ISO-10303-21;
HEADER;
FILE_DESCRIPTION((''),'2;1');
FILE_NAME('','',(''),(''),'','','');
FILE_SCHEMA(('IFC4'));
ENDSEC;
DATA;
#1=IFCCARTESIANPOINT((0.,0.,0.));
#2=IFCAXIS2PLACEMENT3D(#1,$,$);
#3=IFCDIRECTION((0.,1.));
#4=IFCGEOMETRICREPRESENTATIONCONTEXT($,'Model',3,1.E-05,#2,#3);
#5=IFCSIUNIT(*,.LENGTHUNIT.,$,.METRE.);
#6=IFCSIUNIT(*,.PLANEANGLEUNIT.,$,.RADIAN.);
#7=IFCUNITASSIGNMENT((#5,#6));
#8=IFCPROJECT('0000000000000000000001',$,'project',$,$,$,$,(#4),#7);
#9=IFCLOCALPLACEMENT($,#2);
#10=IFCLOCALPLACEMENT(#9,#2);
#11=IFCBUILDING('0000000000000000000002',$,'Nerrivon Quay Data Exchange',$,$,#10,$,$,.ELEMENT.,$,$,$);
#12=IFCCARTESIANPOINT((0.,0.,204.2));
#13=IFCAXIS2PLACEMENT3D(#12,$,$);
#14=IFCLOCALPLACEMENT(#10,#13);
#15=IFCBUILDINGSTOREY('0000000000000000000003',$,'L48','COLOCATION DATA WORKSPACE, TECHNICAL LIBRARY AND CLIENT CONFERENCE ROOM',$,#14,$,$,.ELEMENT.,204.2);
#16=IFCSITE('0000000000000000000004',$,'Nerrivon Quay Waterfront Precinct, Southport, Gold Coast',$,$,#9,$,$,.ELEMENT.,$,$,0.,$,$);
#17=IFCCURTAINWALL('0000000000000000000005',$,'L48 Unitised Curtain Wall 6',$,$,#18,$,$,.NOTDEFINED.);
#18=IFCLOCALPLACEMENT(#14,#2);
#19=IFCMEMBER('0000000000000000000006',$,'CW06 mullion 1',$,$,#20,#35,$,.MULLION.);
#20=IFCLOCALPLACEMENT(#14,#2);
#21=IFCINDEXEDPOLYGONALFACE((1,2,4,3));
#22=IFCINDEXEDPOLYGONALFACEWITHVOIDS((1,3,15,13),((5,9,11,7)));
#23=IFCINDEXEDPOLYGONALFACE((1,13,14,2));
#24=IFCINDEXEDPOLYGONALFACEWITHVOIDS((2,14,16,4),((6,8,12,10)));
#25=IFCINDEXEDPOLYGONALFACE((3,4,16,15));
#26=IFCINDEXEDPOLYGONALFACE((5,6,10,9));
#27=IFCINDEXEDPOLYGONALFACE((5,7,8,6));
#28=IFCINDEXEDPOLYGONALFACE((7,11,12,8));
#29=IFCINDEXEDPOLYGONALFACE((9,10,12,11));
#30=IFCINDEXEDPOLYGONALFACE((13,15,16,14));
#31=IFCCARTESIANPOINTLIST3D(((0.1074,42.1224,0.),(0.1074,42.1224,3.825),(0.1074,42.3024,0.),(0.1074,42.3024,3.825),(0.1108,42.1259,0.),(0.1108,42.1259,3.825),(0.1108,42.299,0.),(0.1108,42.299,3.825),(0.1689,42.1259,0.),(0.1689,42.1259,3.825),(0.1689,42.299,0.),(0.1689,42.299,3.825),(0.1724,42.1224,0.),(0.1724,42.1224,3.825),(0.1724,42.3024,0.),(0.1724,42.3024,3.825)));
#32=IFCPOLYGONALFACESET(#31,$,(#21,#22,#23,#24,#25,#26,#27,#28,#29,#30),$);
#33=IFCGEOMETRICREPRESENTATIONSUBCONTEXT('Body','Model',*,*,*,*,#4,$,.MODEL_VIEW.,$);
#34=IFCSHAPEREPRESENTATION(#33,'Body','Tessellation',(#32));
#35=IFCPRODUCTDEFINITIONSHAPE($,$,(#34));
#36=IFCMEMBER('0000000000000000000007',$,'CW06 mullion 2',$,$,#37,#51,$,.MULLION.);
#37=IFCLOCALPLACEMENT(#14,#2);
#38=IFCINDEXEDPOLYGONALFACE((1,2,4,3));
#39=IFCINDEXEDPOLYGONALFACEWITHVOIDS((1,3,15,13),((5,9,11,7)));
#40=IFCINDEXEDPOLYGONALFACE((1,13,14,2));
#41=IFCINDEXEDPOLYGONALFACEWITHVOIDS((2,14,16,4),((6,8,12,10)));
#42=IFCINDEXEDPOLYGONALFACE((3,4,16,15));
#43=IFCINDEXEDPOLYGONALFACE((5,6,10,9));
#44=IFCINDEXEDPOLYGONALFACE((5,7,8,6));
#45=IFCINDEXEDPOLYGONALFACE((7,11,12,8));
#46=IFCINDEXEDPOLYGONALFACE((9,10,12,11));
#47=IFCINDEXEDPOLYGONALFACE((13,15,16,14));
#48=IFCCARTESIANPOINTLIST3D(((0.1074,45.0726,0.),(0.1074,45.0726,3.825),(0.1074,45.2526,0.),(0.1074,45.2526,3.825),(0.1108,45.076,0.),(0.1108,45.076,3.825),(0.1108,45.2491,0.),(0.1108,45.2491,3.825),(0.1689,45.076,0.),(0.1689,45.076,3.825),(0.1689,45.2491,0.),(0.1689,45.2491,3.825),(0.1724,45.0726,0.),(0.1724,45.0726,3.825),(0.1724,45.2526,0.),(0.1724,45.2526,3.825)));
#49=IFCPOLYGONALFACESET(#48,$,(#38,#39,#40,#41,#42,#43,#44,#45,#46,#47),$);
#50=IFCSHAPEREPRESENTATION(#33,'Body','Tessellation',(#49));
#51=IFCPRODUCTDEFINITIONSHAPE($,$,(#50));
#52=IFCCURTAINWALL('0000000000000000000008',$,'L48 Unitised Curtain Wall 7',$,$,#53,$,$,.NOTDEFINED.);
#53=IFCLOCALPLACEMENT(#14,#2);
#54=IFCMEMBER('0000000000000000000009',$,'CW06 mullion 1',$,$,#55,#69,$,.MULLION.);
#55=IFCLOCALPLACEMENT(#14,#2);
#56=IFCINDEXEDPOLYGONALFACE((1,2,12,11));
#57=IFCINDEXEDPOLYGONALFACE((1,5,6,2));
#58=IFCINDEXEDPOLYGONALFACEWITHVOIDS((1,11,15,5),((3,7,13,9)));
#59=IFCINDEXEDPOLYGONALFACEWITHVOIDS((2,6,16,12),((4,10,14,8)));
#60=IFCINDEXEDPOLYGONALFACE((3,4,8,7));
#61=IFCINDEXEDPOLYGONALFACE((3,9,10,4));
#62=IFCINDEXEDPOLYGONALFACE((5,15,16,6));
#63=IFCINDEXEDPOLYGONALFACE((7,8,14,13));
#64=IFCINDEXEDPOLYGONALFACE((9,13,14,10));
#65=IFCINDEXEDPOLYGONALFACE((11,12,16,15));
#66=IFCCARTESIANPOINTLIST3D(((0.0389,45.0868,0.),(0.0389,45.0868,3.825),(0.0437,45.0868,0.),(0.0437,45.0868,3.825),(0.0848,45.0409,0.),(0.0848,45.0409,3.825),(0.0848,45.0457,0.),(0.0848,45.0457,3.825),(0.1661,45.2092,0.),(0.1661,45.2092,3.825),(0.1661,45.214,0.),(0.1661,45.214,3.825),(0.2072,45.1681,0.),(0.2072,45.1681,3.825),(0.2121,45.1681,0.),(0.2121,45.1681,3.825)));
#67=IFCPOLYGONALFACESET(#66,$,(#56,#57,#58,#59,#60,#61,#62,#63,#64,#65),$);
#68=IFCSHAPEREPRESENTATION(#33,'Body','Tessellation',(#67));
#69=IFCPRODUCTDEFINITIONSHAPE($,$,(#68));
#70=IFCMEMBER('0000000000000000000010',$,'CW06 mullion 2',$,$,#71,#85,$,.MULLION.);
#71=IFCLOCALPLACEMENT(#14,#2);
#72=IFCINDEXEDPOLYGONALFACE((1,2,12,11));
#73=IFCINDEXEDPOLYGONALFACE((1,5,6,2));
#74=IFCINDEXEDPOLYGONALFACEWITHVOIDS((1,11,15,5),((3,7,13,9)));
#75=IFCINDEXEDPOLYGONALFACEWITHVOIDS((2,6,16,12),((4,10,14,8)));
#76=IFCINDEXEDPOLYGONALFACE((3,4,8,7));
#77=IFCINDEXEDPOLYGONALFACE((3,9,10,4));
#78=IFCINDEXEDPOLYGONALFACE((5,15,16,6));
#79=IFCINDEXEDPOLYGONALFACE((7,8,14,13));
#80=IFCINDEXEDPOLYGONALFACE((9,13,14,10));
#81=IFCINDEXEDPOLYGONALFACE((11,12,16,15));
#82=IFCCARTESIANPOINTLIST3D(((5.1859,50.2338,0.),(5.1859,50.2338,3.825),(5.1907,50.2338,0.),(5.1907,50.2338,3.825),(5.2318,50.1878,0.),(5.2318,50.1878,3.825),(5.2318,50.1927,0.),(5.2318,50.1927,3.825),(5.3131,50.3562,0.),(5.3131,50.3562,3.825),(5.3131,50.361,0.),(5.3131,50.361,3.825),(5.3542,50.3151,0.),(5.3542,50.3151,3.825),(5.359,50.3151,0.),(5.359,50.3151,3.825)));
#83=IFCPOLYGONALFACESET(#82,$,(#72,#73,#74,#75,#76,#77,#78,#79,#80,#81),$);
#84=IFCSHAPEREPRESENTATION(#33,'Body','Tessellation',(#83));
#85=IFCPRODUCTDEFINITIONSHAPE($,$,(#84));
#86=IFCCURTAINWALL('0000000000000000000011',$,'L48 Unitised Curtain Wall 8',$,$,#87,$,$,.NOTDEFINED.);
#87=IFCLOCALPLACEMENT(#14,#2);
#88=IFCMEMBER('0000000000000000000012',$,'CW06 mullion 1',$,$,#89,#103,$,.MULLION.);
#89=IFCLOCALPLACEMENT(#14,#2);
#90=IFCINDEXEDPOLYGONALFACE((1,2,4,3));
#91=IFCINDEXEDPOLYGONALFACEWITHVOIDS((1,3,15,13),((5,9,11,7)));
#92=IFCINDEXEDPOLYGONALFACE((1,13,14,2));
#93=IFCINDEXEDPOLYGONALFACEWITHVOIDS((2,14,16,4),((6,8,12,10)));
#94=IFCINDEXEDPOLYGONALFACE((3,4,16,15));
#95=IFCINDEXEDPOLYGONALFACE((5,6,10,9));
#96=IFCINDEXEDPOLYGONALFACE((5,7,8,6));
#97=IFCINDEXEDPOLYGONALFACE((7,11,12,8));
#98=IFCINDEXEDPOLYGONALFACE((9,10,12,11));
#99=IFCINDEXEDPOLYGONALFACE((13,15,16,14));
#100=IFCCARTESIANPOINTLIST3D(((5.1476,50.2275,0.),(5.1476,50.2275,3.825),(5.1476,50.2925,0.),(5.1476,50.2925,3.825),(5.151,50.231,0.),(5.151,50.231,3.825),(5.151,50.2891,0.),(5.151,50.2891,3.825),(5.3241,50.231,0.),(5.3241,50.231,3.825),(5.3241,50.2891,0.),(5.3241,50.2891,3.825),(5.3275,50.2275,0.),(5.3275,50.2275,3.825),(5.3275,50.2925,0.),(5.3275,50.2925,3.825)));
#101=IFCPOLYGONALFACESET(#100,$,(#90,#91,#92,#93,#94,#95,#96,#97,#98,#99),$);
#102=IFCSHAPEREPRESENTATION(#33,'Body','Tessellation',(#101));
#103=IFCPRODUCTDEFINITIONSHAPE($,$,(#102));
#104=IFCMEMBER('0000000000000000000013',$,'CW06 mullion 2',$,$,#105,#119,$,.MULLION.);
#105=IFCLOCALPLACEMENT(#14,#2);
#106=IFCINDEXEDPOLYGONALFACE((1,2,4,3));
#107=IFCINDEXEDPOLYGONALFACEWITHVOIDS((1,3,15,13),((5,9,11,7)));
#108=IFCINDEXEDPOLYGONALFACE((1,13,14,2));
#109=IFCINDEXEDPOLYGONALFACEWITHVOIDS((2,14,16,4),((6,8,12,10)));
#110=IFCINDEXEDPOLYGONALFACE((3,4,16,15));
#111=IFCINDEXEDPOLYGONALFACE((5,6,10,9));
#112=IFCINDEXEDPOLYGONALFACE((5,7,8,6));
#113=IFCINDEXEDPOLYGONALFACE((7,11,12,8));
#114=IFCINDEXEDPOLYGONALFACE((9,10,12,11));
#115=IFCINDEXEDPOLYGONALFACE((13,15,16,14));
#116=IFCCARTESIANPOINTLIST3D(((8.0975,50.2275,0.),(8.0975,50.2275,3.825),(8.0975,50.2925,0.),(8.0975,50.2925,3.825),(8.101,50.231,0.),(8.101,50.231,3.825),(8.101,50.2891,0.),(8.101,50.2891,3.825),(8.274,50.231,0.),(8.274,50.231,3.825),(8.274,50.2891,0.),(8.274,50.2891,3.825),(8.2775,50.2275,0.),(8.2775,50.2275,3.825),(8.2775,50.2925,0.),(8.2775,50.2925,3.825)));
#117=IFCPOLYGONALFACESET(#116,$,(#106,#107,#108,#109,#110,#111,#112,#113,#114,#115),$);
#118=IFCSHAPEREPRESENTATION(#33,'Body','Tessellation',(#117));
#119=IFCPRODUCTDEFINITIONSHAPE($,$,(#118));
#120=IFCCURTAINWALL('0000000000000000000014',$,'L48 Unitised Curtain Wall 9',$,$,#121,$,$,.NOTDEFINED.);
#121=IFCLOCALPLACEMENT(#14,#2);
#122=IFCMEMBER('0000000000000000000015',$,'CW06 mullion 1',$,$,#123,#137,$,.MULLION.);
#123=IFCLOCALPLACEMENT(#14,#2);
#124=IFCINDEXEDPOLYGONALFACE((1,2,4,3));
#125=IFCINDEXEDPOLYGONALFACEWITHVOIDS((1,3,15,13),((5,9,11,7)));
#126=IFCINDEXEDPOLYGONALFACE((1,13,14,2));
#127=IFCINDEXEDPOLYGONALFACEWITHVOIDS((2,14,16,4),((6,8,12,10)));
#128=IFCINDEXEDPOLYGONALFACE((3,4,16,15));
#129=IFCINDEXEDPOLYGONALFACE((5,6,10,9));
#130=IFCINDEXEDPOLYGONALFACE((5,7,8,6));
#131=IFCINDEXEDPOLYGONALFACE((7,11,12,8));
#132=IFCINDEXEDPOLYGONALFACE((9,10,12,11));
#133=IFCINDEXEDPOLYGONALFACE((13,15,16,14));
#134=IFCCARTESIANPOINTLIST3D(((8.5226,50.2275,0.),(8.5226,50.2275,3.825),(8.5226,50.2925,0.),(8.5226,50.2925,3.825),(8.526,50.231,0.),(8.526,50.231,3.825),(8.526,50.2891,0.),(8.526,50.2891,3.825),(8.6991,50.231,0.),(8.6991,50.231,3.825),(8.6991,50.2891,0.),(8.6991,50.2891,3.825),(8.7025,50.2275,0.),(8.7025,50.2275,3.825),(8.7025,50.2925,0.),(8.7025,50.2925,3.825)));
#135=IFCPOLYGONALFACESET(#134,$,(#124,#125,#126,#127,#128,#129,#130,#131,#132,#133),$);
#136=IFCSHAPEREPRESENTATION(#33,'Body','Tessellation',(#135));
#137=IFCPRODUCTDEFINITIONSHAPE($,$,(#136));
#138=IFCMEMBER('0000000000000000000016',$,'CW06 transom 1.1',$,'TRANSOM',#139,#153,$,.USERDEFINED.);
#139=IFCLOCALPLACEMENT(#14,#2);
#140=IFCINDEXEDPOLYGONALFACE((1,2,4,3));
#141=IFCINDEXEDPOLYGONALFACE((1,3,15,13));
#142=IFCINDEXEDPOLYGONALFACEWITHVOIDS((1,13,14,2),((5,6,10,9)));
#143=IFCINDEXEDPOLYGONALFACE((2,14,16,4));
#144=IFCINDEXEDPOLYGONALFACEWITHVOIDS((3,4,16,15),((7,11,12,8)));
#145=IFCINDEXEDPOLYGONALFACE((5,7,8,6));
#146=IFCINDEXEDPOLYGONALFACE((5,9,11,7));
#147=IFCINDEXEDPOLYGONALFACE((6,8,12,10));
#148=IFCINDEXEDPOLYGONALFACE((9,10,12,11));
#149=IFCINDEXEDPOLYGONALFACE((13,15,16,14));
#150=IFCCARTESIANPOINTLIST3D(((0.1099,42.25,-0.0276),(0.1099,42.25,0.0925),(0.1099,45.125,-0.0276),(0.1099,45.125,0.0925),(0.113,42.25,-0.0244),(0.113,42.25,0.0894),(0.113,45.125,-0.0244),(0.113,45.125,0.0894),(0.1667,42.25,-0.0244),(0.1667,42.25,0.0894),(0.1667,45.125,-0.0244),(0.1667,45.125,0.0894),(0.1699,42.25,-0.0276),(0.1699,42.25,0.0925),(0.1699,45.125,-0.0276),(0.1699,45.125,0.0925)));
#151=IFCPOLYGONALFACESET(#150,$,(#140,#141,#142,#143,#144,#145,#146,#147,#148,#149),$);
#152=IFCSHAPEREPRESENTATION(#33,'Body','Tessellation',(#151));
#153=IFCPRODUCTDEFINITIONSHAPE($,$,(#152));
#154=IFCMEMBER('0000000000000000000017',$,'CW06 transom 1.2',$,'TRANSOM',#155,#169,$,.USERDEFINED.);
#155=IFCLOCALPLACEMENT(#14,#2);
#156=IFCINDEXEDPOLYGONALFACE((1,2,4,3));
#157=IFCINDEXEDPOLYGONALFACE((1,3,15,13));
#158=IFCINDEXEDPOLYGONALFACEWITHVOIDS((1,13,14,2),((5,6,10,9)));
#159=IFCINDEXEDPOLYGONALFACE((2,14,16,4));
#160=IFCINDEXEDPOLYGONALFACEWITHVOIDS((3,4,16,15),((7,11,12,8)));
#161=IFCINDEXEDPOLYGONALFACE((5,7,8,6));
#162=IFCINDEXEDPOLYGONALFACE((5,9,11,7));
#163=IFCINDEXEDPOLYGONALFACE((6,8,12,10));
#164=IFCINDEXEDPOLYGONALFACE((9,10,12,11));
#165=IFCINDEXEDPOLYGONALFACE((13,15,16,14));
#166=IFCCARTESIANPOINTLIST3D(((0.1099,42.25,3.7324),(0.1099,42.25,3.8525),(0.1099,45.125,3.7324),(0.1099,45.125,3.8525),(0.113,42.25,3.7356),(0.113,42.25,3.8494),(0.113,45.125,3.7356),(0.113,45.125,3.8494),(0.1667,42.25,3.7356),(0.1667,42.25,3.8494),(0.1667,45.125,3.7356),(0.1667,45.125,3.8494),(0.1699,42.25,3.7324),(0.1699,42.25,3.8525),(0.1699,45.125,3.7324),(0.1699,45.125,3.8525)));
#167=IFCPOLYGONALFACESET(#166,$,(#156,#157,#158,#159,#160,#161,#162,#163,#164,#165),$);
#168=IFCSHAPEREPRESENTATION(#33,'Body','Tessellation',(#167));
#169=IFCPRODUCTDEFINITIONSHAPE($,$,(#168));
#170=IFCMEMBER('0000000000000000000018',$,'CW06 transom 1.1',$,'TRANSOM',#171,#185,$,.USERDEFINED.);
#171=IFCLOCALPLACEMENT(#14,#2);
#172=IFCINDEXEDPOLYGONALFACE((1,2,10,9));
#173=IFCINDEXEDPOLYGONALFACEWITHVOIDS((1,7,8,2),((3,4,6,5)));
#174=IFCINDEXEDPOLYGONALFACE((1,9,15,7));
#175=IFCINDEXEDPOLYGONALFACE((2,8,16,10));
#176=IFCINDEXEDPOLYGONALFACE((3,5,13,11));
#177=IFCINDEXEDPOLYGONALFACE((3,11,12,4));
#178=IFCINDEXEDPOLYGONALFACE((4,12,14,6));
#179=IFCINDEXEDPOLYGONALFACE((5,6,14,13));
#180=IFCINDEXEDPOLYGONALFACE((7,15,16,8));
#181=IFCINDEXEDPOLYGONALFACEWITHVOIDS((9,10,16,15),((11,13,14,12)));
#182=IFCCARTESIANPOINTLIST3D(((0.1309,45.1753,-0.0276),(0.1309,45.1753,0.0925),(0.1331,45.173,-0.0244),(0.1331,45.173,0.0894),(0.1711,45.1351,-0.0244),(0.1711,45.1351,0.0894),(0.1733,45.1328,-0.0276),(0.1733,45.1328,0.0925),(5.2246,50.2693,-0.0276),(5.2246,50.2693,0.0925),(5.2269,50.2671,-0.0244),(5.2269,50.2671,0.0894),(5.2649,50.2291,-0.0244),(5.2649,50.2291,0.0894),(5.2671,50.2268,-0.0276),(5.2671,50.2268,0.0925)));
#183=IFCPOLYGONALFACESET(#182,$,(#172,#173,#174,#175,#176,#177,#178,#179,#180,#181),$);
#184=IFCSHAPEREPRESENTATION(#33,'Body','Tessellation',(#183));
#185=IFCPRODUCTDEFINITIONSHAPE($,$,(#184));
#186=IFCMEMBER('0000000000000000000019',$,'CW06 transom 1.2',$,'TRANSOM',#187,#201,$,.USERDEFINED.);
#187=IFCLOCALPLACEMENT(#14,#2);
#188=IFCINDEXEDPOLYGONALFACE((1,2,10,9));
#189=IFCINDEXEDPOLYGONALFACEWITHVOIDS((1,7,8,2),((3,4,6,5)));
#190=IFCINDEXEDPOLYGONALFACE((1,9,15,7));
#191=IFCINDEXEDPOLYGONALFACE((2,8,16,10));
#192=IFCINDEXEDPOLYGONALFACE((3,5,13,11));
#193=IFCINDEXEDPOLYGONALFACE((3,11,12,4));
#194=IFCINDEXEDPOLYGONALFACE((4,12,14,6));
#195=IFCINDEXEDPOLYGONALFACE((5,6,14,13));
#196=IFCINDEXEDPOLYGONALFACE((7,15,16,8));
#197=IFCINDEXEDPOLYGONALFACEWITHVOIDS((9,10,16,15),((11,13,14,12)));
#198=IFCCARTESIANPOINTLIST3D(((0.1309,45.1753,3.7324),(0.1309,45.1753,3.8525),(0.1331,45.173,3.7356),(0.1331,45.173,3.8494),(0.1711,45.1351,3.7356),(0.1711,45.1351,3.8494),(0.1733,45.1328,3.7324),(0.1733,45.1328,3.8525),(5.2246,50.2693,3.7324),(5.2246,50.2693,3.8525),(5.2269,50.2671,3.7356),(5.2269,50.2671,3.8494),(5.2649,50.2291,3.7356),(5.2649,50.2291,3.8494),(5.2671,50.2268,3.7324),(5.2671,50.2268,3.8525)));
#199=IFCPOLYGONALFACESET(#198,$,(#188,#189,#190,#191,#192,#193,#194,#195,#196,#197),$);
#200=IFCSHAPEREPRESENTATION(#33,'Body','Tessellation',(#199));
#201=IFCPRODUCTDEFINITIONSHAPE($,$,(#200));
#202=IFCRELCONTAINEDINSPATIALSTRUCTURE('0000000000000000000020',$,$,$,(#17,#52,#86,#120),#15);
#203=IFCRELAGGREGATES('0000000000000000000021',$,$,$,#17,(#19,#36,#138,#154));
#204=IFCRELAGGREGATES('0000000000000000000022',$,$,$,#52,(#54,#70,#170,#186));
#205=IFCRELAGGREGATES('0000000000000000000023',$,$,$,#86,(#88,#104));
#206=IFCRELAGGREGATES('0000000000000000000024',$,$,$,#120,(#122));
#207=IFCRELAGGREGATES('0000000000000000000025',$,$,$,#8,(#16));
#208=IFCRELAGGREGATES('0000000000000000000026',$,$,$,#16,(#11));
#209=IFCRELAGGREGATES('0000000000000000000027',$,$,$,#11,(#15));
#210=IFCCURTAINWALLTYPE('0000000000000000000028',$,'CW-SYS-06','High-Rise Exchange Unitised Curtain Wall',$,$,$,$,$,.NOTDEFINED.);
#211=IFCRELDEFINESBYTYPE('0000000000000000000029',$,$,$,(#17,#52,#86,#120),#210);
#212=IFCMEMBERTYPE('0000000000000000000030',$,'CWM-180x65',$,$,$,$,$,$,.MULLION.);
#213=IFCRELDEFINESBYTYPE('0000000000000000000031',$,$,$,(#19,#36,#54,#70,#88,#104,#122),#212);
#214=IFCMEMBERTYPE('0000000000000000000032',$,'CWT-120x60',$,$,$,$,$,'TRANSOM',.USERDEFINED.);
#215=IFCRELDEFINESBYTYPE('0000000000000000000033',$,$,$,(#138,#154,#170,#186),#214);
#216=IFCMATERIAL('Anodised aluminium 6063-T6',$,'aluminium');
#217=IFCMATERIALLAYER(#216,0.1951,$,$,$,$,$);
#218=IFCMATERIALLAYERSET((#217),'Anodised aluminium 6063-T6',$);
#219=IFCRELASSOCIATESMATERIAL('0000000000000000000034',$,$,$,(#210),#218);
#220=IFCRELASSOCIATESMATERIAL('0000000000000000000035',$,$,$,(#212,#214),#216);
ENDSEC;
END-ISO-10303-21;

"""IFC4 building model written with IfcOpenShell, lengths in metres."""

from ifc_helpers import new_model, si_unit, direction, frame, origin, origin_2d, place, context, subcontext, project, spatial, hollow_rectangle, extrude, material, layer, layer_set, material_profile, profile_set, type_object, element, aggregate, save


model = new_model("IFC4")

# Units and contexts
model_context = context("Model", 3, precision=1e-05, world=origin(), true_north=direction((0.0, 1.0)))
body_context = subcontext(model_context, "Body", "Model", "MODEL_VIEW")
ifc_project = project(units=[si_unit("LENGTHUNIT", "METRE"), si_unit("PLANEANGLEUNIT", "RADIAN")], contexts=[model_context])

# Site, building, storey
site_placement = place(None, origin())
site = spatial("IfcSite", under=ifc_project, at=site_placement, Name="Nerrivon Quay Waterfront Precinct, Southport, Gold Coast", CompositionType="ELEMENT", RefElevation=0.0)
building_placement = place(site_placement, origin())
building = spatial("IfcBuilding", under=site, at=building_placement, Name="Nerrivon Quay Data Exchange", CompositionType="ELEMENT")
storey_placement = place(building_placement, frame((0.0, 0.0, 204.2)))
storey = spatial("IfcBuildingStorey", under=building, at=storey_placement, Name="L48", Description="COLOCATION DATA WORKSPACE, TECHNICAL LIBRARY AND CLIENT CONFERENCE ROOM", CompositionType="ELEMENT", Elevation=204.2)

# Curtain walls, members
ifc_material_1 = material(Name="Anodised aluminium 6063-T6", Category="aluminium")
ifc_layer_1 = layer(ifc_material_1, 0.1951)
ifc_layer_set_1 = layer_set([ifc_layer_1], Name="Anodised aluminium 6063-T6")
curtain_wall_type = type_object("IfcCurtainWallType", Name="CW-SYS-06", Description="High-Rise Exchange Unitised Curtain Wall", PredefinedType="NOTDEFINED", material=ifc_layer_set_1)
curtain_wall_1_placement = place(storey_placement, origin())
curtain_wall_1 = element("IfcCurtainWall", 1, at=curtain_wall_1_placement, inside=storey, type_object=curtain_wall_type, Name="L48 Unitised Curtain Wall 6", PredefinedType="NOTDEFINED")
ifc_material_profile_1 = material_profile(ifc_material_1, hollow_rectangle(XDim=0.0649, YDim=0.1799, WallThickness=0.0034, at=origin_2d()), Name="ALU-MULL-180x65")
ifc_profile_set_1 = profile_set([ifc_material_profile_1], Name="Anodised aluminium 6063-T6")
member_type_1 = type_object("IfcMemberType", Name="CWM-180x65", PredefinedType="MULLION", material=ifc_profile_set_1)
member_1_placement = place(storey_placement, frame((0.1399, 42.2124, 0.0), z_axis=(0.0, 0.0, 1.0), x_axis=(-1.0, 0.0, 0.0)))
member_1 = element("IfcMember", 2, at=member_1_placement, type_object=member_type_1, Name="CW06 mullion 1", PredefinedType="MULLION", context=body_context, shape_type="SweptSolid", body=[
    extrude(hollow_rectangle(XDim=0.0649, YDim=0.1799, WallThickness=0.0034, at=origin_2d()), origin(), (0.0, 0.0, 1.0), 3.825),
])
member_2_placement = place(storey_placement, frame((0.1399, 45.1626, 0.0), z_axis=(0.0, 0.0, 1.0), x_axis=(-1.0, 0.0, 0.0)))
member_2 = element("IfcMember", 3, at=member_2_placement, type_object=member_type_1, Name="CW06 mullion 2", PredefinedType="MULLION", context=body_context, shape_type="SweptSolid", body=[
    extrude(hollow_rectangle(XDim=0.0649, YDim=0.1799, WallThickness=0.0034, at=origin_2d()), origin(), (0.0, 0.0, 1.0), 3.825),
])
curtain_wall_2_placement = place(storey_placement, origin())
curtain_wall_2 = element("IfcCurtainWall", 4, at=curtain_wall_2_placement, inside=storey, type_object=curtain_wall_type, Name="L48 Unitised Curtain Wall 7", PredefinedType="NOTDEFINED")
member_3_placement = place(storey_placement, frame((0.1255, 45.1274, 0.0), z_axis=(0.0, 0.0, 1.0), x_axis=(-0.707107, 0.707107, 0.0)))
member_3 = element("IfcMember", 5, at=member_3_placement, type_object=member_type_1, Name="CW06 mullion 1", PredefinedType="MULLION", context=body_context, shape_type="SweptSolid", body=[
    extrude(hollow_rectangle(XDim=0.0649, YDim=0.1799, WallThickness=0.0034, at=origin_2d()), origin(), (0.0, 0.0, 1.0), 3.825),
])
member_4_placement = place(storey_placement, frame((5.2725, 50.2744, 0.0), z_axis=(0.0, 0.0, 1.0), x_axis=(-0.707107, 0.707107, 0.0)))
member_4 = element("IfcMember", 6, at=member_4_placement, type_object=member_type_1, Name="CW06 mullion 2", PredefinedType="MULLION", context=body_context, shape_type="SweptSolid", body=[
    extrude(hollow_rectangle(XDim=0.0649, YDim=0.1799, WallThickness=0.0034, at=origin_2d()), origin(), (0.0, 0.0, 1.0), 3.825),
])
curtain_wall_3_placement = place(storey_placement, origin())
curtain_wall_3 = element("IfcCurtainWall", 7, at=curtain_wall_3_placement, inside=storey, type_object=curtain_wall_type, Name="L48 Unitised Curtain Wall 8", PredefinedType="NOTDEFINED")
member_5_placement = place(storey_placement, frame((5.2375, 50.26, 0.0), z_axis=(0.0, 0.0, 1.0), x_axis=(0.0, 1.0, 0.0)))
member_5 = element("IfcMember", 8, at=member_5_placement, type_object=member_type_1, Name="CW06 mullion 1", PredefinedType="MULLION", context=body_context, shape_type="SweptSolid", body=[
    extrude(hollow_rectangle(XDim=0.0649, YDim=0.1799, WallThickness=0.0034, at=origin_2d()), origin(), (0.0, 0.0, 1.0), 3.825),
])
member_6_placement = place(storey_placement, frame((8.1875, 50.26, 0.0), z_axis=(0.0, 0.0, 1.0), x_axis=(0.0, 1.0, 0.0)))
member_6 = element("IfcMember", 9, at=member_6_placement, type_object=member_type_1, Name="CW06 mullion 2", PredefinedType="MULLION", context=body_context, shape_type="SweptSolid", body=[
    extrude(hollow_rectangle(XDim=0.0649, YDim=0.1799, WallThickness=0.0034, at=origin_2d()), origin(), (0.0, 0.0, 1.0), 3.825),
])

# Curtain wall, member
curtain_wall_4_placement = place(storey_placement, origin())
curtain_wall_4 = element("IfcCurtainWall", 10, at=curtain_wall_4_placement, inside=storey, type_object=curtain_wall_type, Name="L48 Unitised Curtain Wall 9", PredefinedType="NOTDEFINED")
member_7_placement = place(storey_placement, frame((8.6125, 50.26, 0.0), z_axis=(0.0, 0.0, 1.0), x_axis=(0.0, 1.0, 0.0)))
member_7 = element("IfcMember", 11, at=member_7_placement, type_object=member_type_1, Name="CW06 mullion 1", PredefinedType="MULLION", context=body_context, shape_type="SweptSolid", body=[
    extrude(hollow_rectangle(XDim=0.0649, YDim=0.1799, WallThickness=0.0034, at=origin_2d()), origin(), (0.0, 0.0, 1.0), 3.825),
])

# Members
ifc_material_profile_2 = material_profile(ifc_material_1, hollow_rectangle(XDim=0.0601, YDim=0.1201, WallThickness=0.0032, at=origin_2d()), Name="ALU-TRAN-120x60")
ifc_profile_set_2 = profile_set([ifc_material_profile_2], Name="Anodised aluminium 6063-T6")
member_type_2 = type_object("IfcMemberType", Name="CWT-120x60", ElementType="TRANSOM", PredefinedType="USERDEFINED", material=ifc_profile_set_2)
member_8_placement = place(storey_placement, frame((0.1399, 42.25, 0.0325), z_axis=(0.0, 1.0, 0.0), x_axis=(-1.0, 0.0, 0.0)))
member_8 = element("IfcMember", 12, at=member_8_placement, type_object=member_type_2, Name="CW06 transom 1.1", ObjectType="TRANSOM", PredefinedType="USERDEFINED", context=body_context, shape_type="SweptSolid", body=[
    extrude(hollow_rectangle(XDim=0.0601, YDim=0.1201, WallThickness=0.0032, at=origin_2d()), origin(), (0.0, 0.0, 1.0), 2.875),
])
member_9_placement = place(storey_placement, frame((0.1399, 42.25, 3.7925), z_axis=(0.0, 1.0, 0.0), x_axis=(-1.0, 0.0, 0.0)))
member_9 = element("IfcMember", 13, at=member_9_placement, type_object=member_type_2, Name="CW06 transom 1.2", ObjectType="TRANSOM", PredefinedType="USERDEFINED", context=body_context, shape_type="SweptSolid", body=[
    extrude(hollow_rectangle(XDim=0.0601, YDim=0.1201, WallThickness=0.0032, at=origin_2d()), origin(), (0.0, 0.0, 1.0), 2.875),
])
member_10_placement = place(storey_placement, frame((0.1521, 45.1541, 0.0325), z_axis=(0.70709, 0.707124, 0.0), x_axis=(-0.707124, 0.70709, 0.0)))
member_10 = element("IfcMember", 14, at=member_10_placement, type_object=member_type_2, Name="CW06 transom 1.1", ObjectType="TRANSOM", PredefinedType="USERDEFINED", context=body_context, shape_type="SweptSolid", body=[
    extrude(hollow_rectangle(XDim=0.0601, YDim=0.1201, WallThickness=0.0032, at=origin_2d()), origin(), (0.0, 0.0, 1.0), 7.2039),
])
member_11_placement = place(storey_placement, frame((0.1521, 45.1541, 3.7925), z_axis=(0.70709, 0.707124, 0.0), x_axis=(-0.707124, 0.70709, 0.0)))
member_11 = element("IfcMember", 15, at=member_11_placement, type_object=member_type_2, Name="CW06 transom 1.2", ObjectType="TRANSOM", PredefinedType="USERDEFINED", context=body_context, shape_type="SweptSolid", body=[
    extrude(hollow_rectangle(XDim=0.0601, YDim=0.1201, WallThickness=0.0032, at=origin_2d()), origin(), (0.0, 0.0, 1.0), 7.2039),
])

aggregate(curtain_wall_1, [member_1, member_2, member_8, member_9])
aggregate(curtain_wall_2, [member_3, member_4, member_10, member_11])
aggregate(curtain_wall_3, [member_5, member_6])
aggregate(curtain_wall_4, [member_7])

save(model, "model.ifc")
